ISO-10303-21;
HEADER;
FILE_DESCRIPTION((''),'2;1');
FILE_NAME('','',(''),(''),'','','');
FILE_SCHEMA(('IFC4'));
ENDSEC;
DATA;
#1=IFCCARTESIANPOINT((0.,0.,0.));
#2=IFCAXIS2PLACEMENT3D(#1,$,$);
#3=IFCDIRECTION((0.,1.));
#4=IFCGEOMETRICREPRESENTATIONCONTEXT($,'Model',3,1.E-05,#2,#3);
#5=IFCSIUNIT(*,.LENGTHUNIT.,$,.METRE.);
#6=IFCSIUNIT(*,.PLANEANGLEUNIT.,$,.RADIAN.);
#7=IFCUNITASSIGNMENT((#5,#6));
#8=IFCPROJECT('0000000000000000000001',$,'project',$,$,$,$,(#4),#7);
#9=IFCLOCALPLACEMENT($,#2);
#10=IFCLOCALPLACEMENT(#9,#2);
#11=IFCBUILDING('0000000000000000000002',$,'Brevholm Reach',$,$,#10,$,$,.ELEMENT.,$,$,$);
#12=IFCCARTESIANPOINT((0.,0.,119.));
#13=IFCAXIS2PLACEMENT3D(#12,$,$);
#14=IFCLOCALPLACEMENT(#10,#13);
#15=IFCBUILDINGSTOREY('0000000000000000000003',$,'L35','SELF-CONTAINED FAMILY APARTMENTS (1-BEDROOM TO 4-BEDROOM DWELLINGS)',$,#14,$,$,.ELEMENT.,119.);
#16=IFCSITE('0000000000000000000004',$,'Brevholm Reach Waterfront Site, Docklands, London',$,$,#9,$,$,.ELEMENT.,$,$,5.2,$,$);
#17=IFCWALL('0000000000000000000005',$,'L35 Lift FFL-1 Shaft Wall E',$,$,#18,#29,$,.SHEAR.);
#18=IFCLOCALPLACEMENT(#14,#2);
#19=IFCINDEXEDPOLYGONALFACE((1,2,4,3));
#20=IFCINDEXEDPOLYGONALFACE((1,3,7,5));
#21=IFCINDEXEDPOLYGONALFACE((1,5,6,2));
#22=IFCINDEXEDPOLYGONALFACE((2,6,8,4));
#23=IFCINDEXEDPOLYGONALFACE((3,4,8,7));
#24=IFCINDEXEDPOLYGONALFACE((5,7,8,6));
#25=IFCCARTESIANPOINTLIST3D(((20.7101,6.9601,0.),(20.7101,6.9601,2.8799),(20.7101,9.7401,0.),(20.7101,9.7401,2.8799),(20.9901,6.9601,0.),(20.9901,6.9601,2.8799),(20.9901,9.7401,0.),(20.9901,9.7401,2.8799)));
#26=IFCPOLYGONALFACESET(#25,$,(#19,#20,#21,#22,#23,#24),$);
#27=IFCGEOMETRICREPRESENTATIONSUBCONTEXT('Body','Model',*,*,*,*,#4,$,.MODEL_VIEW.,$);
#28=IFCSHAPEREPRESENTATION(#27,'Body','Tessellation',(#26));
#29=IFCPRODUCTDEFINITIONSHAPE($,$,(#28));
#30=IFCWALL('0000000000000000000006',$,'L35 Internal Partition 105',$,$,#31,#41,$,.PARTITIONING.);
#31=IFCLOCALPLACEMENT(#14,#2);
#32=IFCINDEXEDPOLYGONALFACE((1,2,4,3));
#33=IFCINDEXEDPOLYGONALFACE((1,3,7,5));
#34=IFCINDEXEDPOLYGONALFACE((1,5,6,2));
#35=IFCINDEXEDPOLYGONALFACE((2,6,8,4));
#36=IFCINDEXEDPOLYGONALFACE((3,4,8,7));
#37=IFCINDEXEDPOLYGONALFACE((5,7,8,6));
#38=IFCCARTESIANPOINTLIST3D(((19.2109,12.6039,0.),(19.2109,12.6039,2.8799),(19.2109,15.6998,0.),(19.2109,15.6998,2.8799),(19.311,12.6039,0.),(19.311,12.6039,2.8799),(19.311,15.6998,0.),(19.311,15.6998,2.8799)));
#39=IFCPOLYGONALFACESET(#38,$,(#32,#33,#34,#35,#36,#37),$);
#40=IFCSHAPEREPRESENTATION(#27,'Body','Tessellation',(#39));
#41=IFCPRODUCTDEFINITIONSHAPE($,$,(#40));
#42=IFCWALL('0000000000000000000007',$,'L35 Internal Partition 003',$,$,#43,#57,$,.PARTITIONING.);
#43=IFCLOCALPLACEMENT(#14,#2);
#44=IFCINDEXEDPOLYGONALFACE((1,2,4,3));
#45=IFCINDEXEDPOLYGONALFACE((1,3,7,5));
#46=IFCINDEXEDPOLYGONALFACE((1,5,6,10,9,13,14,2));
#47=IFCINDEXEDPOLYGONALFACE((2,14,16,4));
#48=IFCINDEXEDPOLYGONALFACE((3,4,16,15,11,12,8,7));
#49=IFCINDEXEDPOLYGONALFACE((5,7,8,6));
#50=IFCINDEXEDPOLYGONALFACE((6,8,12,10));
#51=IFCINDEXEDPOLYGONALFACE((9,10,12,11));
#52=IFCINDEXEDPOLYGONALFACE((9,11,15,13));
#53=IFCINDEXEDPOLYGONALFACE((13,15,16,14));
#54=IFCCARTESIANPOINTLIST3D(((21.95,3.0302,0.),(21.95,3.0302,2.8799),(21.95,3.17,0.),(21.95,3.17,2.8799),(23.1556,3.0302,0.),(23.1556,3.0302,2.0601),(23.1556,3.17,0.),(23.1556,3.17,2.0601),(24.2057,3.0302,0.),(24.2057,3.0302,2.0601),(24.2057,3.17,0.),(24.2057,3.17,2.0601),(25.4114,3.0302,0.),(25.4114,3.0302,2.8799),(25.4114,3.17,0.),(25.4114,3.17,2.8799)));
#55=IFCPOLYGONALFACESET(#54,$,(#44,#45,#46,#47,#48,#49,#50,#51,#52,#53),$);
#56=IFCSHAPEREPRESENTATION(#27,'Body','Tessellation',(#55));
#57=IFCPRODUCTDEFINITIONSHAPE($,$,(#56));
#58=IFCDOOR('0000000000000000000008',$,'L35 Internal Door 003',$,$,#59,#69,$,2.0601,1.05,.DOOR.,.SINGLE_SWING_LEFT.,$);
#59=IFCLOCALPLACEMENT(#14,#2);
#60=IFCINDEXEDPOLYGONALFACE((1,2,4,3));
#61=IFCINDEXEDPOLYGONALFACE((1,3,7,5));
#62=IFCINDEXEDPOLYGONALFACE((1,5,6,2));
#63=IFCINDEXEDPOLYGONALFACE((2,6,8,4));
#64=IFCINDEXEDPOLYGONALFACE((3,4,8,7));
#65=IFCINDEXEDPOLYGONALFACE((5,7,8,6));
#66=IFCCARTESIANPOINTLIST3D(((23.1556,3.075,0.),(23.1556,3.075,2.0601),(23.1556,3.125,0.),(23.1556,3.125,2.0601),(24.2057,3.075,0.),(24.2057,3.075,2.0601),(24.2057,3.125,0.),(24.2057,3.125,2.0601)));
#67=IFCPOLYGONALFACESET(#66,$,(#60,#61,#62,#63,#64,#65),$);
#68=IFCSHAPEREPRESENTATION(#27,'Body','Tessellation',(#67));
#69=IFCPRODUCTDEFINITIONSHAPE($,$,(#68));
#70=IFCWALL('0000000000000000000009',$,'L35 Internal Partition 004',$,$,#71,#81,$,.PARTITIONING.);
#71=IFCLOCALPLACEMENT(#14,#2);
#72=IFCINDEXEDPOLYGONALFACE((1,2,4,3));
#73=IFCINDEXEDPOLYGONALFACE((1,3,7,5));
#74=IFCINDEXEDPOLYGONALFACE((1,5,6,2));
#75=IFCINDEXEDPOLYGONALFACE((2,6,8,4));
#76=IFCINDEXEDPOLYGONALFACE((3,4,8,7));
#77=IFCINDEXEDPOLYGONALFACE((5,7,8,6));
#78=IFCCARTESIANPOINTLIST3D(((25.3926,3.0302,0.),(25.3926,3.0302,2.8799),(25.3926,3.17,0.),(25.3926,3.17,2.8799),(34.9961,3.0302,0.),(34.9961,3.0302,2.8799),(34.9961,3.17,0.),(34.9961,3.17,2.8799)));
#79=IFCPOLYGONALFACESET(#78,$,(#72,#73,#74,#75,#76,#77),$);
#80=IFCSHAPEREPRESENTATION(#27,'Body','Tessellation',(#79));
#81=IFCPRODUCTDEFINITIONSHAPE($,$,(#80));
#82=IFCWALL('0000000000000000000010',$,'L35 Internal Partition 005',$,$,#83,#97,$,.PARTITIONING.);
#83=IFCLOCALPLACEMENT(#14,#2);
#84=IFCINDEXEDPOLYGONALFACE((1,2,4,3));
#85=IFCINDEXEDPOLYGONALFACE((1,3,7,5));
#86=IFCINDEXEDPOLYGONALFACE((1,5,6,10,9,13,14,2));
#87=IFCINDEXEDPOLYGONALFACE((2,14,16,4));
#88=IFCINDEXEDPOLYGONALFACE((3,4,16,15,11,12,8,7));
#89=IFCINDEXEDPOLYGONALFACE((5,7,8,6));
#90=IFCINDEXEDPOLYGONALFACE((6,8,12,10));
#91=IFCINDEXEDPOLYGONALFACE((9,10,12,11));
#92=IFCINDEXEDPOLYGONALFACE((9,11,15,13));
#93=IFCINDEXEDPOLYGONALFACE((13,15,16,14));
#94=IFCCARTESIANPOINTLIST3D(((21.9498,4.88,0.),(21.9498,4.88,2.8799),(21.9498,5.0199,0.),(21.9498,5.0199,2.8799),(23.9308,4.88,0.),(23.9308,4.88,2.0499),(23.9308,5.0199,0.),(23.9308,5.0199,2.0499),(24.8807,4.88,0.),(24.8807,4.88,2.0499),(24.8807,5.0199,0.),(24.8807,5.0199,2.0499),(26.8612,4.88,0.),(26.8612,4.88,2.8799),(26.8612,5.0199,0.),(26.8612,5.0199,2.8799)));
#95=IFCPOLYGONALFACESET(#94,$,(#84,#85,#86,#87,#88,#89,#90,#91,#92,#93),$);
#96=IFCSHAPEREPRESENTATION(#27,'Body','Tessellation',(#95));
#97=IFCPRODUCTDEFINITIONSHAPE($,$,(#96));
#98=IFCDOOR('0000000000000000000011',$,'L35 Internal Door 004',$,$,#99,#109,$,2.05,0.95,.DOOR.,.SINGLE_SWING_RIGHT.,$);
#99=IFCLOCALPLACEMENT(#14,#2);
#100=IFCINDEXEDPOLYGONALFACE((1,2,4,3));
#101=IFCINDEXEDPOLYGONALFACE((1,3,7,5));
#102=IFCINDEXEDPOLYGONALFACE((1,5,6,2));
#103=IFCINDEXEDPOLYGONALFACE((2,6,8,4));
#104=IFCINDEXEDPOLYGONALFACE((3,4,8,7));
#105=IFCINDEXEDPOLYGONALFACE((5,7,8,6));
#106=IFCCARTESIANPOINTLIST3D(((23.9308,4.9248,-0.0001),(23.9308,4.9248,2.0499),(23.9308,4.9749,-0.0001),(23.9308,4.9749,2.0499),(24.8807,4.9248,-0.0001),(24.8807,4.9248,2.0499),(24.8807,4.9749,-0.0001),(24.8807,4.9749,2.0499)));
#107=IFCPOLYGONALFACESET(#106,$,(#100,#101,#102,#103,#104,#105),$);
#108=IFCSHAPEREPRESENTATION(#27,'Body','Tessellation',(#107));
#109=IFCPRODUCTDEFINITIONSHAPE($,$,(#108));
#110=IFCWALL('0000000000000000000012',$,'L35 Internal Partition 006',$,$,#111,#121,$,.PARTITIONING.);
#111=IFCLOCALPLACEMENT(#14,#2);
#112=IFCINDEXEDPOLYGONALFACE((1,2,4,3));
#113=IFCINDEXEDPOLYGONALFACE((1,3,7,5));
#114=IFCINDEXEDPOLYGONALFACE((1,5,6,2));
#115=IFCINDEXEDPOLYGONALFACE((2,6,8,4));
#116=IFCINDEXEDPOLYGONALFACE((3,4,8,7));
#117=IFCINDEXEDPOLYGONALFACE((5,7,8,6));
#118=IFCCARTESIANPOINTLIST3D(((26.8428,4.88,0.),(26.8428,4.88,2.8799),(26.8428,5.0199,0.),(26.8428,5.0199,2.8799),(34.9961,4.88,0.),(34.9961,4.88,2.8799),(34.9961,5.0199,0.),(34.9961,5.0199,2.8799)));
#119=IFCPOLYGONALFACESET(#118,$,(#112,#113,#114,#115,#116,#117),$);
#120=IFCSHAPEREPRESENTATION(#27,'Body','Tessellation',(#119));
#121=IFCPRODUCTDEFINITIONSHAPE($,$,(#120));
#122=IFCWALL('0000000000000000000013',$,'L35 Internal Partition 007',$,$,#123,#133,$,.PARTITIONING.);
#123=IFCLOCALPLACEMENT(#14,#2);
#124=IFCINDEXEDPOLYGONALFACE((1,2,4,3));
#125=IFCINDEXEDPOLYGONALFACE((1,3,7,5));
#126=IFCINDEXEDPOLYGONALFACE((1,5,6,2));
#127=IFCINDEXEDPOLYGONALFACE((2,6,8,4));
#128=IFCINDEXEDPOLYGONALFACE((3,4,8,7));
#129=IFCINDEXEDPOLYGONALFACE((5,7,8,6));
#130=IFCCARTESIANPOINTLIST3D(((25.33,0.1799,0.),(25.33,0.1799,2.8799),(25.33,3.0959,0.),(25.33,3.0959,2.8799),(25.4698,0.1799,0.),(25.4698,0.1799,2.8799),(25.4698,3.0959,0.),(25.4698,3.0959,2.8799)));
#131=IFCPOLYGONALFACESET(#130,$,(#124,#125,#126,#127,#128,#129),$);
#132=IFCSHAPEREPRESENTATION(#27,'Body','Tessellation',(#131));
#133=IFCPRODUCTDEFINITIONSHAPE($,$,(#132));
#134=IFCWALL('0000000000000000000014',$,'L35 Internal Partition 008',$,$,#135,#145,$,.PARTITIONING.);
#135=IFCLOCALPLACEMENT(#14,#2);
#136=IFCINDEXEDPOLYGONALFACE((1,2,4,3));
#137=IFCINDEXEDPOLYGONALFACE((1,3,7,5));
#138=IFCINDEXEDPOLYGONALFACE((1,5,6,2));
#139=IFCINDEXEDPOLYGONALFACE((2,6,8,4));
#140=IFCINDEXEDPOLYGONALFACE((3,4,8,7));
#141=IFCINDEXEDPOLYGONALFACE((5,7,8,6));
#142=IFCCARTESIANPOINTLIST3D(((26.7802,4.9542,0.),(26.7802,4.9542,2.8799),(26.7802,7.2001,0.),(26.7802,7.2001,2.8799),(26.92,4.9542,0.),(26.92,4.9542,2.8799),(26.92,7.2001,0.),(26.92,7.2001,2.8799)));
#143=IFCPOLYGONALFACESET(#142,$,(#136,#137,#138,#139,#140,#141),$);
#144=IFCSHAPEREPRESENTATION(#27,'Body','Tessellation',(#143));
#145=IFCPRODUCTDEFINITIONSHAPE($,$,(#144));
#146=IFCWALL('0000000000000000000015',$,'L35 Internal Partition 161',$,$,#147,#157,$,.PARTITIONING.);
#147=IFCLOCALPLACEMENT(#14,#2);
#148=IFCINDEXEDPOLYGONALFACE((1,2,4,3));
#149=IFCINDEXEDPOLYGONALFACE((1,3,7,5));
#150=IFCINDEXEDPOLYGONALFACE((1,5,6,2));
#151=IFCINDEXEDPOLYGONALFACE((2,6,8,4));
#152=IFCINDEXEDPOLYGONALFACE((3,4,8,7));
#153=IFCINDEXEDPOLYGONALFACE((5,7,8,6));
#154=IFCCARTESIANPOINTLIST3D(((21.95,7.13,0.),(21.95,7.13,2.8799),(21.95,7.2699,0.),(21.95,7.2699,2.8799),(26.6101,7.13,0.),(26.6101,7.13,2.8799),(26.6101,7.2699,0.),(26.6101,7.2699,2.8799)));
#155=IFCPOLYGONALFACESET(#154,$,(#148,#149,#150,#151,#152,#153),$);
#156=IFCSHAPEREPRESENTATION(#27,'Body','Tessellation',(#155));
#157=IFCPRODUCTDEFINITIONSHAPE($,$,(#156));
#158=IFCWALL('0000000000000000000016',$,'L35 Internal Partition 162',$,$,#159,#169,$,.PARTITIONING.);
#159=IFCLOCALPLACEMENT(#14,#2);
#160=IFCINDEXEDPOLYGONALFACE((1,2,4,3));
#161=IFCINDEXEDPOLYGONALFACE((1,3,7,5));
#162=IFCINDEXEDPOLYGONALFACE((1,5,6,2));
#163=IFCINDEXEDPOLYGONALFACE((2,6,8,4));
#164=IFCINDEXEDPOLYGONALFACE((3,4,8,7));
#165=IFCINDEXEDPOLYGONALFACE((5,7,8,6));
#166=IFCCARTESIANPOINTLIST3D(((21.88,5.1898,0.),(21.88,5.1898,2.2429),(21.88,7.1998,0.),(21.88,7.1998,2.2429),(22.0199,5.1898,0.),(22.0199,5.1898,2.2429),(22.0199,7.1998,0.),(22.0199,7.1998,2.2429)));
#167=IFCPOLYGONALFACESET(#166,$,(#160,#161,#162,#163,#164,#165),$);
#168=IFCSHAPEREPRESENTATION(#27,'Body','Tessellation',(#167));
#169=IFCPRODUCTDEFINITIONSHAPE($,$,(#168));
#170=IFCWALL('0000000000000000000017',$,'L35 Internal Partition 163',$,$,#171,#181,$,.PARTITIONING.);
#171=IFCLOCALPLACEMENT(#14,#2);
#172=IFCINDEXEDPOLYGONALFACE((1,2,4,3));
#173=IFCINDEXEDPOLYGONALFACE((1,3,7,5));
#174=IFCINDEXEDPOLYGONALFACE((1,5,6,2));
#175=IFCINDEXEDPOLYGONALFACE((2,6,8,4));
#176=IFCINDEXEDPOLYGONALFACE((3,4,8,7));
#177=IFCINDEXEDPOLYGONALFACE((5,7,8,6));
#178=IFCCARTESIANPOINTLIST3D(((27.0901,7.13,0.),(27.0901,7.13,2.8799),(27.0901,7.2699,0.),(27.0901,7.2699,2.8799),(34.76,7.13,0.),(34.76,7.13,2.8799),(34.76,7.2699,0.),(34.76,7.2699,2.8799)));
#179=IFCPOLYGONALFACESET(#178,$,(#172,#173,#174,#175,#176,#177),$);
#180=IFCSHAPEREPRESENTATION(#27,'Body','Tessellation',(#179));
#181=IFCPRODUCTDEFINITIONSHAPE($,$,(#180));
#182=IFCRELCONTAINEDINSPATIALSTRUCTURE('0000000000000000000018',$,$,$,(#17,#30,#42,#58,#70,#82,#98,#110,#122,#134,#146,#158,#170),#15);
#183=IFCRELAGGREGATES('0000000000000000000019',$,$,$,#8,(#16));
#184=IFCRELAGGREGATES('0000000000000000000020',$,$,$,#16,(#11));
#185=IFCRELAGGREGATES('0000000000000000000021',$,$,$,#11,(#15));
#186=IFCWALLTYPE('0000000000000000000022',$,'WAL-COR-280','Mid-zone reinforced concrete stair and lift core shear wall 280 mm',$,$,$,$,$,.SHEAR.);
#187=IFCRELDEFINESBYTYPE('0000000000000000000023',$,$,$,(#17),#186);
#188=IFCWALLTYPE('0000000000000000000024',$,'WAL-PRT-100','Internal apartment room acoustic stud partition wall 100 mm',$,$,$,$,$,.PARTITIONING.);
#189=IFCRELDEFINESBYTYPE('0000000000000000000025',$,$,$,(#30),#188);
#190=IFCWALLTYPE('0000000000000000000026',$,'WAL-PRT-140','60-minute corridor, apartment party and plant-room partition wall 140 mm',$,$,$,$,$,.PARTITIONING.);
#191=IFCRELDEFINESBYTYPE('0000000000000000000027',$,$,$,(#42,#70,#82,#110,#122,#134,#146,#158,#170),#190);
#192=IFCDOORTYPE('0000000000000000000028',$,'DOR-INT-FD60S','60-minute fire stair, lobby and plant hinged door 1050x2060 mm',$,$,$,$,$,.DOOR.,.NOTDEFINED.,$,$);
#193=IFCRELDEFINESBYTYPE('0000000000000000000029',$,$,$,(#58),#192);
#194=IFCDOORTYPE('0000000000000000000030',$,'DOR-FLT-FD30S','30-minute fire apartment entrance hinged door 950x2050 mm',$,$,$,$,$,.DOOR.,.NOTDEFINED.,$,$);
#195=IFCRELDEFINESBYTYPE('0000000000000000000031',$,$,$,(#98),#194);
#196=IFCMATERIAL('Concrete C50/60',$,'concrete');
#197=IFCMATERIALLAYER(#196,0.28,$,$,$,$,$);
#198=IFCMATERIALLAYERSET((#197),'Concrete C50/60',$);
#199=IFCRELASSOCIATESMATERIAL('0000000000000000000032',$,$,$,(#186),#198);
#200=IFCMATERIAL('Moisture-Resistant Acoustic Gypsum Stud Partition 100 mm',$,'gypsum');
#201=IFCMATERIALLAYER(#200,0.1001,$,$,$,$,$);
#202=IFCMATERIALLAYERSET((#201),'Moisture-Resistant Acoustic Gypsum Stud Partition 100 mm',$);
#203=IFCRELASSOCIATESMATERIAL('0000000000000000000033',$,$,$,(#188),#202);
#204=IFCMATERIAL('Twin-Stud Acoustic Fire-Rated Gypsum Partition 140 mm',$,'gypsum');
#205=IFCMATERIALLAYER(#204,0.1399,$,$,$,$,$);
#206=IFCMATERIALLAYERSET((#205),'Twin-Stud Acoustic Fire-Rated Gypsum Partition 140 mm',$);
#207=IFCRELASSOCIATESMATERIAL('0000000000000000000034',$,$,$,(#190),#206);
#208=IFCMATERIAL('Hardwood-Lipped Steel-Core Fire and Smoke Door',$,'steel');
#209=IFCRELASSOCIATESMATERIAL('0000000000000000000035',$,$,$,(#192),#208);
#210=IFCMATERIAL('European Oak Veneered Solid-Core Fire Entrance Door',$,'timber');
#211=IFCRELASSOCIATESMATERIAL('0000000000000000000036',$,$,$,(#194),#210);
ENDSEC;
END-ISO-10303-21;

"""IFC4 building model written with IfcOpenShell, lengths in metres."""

from ifc_helpers import new_model, si_unit, direction, frame, frame_2d, origin, place, context, subcontext, project, spatial, rectangle, extrude, material, layer, layer_set, type_object, element, fill, save


model = new_model("IFC4")

# Units and contexts
model_context = context("Model", 3, precision=1e-05, world=origin(), true_north=direction((0.0, 1.0)))
body_context = subcontext(model_context, "Body", "Model", "MODEL_VIEW")
ifc_project = project(units=[si_unit("LENGTHUNIT", "METRE"), si_unit("PLANEANGLEUNIT", "RADIAN")], contexts=[model_context])

# Site, building, storey
site_placement = place(None, origin())
site = spatial("IfcSite", under=ifc_project, at=site_placement, Name="Brevholm Reach Waterfront Site, Docklands, London", CompositionType="ELEMENT", RefElevation=5.2)
building_placement = place(site_placement, origin())
building = spatial("IfcBuilding", under=site, at=building_placement, Name="Brevholm Reach", CompositionType="ELEMENT")
storey_placement = place(building_placement, frame((0.0, 0.0, 119.0)))
storey = spatial("IfcBuildingStorey", under=building, at=storey_placement, Name="L35", Description="SELF-CONTAINED FAMILY APARTMENTS (1-BEDROOM TO 4-BEDROOM DWELLINGS)", CompositionType="ELEMENT", Elevation=119.0)

# Walls
ifc_material_1 = material(Name="Concrete C50/60", Category="concrete")
ifc_layer_1 = layer(ifc_material_1, 0.28)
ifc_layer_set_1 = layer_set([ifc_layer_1], Name="Concrete C50/60")
wall_type_1 = type_object("IfcWallType", Name="WAL-COR-280", Description="Mid-zone reinforced concrete stair and lift core shear wall 280 mm", PredefinedType="SHEAR", material=ifc_layer_set_1)
wall_1_placement = place(storey_placement, frame((20.8501, 6.96, 0.0), z_axis=(0.0, 0.0, 1.0), x_axis=(0.0, 1.0, 0.0)))
element("IfcWall", 1, at=wall_1_placement, inside=storey, type_object=wall_type_1, Name="L35 Lift FFL-1 Shaft Wall E", PredefinedType="SHEAR", context=body_context, shape_type="SweptSolid", body=[
    extrude(rectangle(XDim=2.78, YDim=0.28, at=frame_2d((1.3901, 0.0))), origin(), (0.0, 0.0, 1.0), 2.8799),
])
ifc_material_2 = material(Name="Moisture-Resistant Acoustic Gypsum Stud Partition 100 mm", Category="gypsum")
ifc_layer_2 = layer(ifc_material_2, 0.1001)
ifc_layer_set_2 = layer_set([ifc_layer_2], Name="Moisture-Resistant Acoustic Gypsum Stud Partition 100 mm")
wall_type_2 = type_object("IfcWallType", Name="WAL-PRT-100", Description="Internal apartment room acoustic stud partition wall 100 mm", PredefinedType="PARTITIONING", material=ifc_layer_set_2)
wall_2_placement = place(storey_placement, frame((19.261, 12.604, 0.0), z_axis=(0.0, 0.0, 1.0), x_axis=(0.0, 1.0, 0.0)))
element("IfcWall", 2, at=wall_2_placement, inside=storey, type_object=wall_type_2, Name="L35 Internal Partition 105", PredefinedType="PARTITIONING", context=body_context, shape_type="SweptSolid", body=[
    extrude(rectangle(XDim=3.0959, YDim=0.1001, at=frame_2d((1.5479, 0.0))), origin(), (0.0, 0.0, 1.0), 2.8799),
])

# Wall, opening, door
ifc_material_3 = material(Name="Twin-Stud Acoustic Fire-Rated Gypsum Partition 140 mm", Category="gypsum")
ifc_layer_3 = layer(ifc_material_3, 0.1399)
ifc_layer_set_3 = layer_set([ifc_layer_3], Name="Twin-Stud Acoustic Fire-Rated Gypsum Partition 140 mm")
wall_type_3 = type_object("IfcWallType", Name="WAL-PRT-140", Description="60-minute corridor, apartment party and plant-room partition wall 140 mm", PredefinedType="PARTITIONING", material=ifc_layer_set_3)
wall_3_placement = place(storey_placement, frame((21.95, 3.1001, 0.0), z_axis=(0.0, 0.0, 1.0), x_axis=(1.0, 0.0, 0.0)))
wall_3 = element("IfcWall", 3, at=wall_3_placement, inside=storey, type_object=wall_type_3, Name="L35 Internal Partition 003", PredefinedType="PARTITIONING", context=body_context, shape_type="SweptSolid", body=[
    extrude(rectangle(XDim=3.4614, YDim=0.1399, at=frame_2d((1.7307, 0.0))), origin(), (0.0, 0.0, 1.0), 2.8799),
])
opening_1_placement = place(wall_3_placement, frame((1.2058, 0.0, 0.0)))
opening_1 = element("IfcOpeningElement", 4, at=opening_1_placement, cuts=wall_3, PredefinedType="OPENING", context=body_context, shape_type="SweptSolid", body=[
    extrude(rectangle(XDim=1.05, YDim=2.0601, at=frame_2d((0.5249, 1.03))), frame((0.0, 0.0798, 0.0), z_axis=(0.0, -1.0, 0.0), x_axis=(1.0, 0.0, 0.0)), (0.0, 0.0, 1.0), 0.1599),
])
ifc_material_4 = material(Name="Hardwood-Lipped Steel-Core Fire and Smoke Door", Category="steel")
door_type_1 = type_object("IfcDoorType", Name="DOR-INT-FD60S", Description="60-minute fire stair, lobby and plant hinged door 1050x2060 mm", OperationType="NOTDEFINED", PredefinedType="DOOR", material=ifc_material_4)
door_1_placement = place(opening_1_placement, origin())
door_1 = element("IfcDoor", 5, at=door_1_placement, inside=storey, type_object=door_type_1, Name="L35 Internal Door 003", OperationType="SINGLE_SWING_LEFT", OverallHeight=2.0601, OverallWidth=1.05, PredefinedType="DOOR", context=body_context, shape_type="SweptSolid", body=[
    extrude(rectangle(XDim=1.05, YDim=2.0601, at=frame_2d((0.5249, 1.03))), frame((0.0, 0.0249, 0.0), z_axis=(0.0, -1.0, 0.0), x_axis=(1.0, 0.0, 0.0)), (0.0, 0.0, 1.0), 0.05),
])
fill(opening_1, door_1)

# Wall
wall_4_placement = place(storey_placement, frame((25.3926, 3.1001, 0.0), z_axis=(0.0, 0.0, 1.0), x_axis=(1.0, 0.0, 0.0)))
element("IfcWall", 6, at=wall_4_placement, inside=storey, type_object=wall_type_3, Name="L35 Internal Partition 004", PredefinedType="PARTITIONING", context=body_context, shape_type="SweptSolid", body=[
    extrude(rectangle(XDim=9.6035, YDim=0.1399, at=frame_2d((4.8018, 0.0))), origin(), (0.0, 0.0, 1.0), 2.8799),
])

# Wall, opening, door
wall_5_placement = place(storey_placement, frame((21.95, 4.95, 0.0), z_axis=(0.0, 0.0, 1.0), x_axis=(1.0, 0.0, 0.0)))
wall_5 = element("IfcWall", 7, at=wall_5_placement, inside=storey, type_object=wall_type_3, Name="L35 Internal Partition 005", PredefinedType="PARTITIONING", context=body_context, shape_type="SweptSolid", body=[
    extrude(rectangle(XDim=4.9114, YDim=0.1399, at=frame_2d((2.4556, 0.0))), origin(), (0.0, 0.0, 1.0), 2.8799),
])
opening_2_placement = place(wall_5_placement, frame((1.9807, 0.0, 0.0)))
opening_2 = element("IfcOpeningElement", 8, at=opening_2_placement, cuts=wall_5, PredefinedType="OPENING", context=body_context, shape_type="SweptSolid", body=[
    extrude(rectangle(XDim=0.95, YDim=2.05, at=frame_2d((0.4751, 1.0249))), frame((0.0, 0.0798, 0.0), z_axis=(0.0, -1.0, 0.0), x_axis=(1.0, 0.0, 0.0)), (0.0, 0.0, 1.0), 0.1599),
])
ifc_material_5 = material(Name="European Oak Veneered Solid-Core Fire Entrance Door", Category="timber")
door_type_2 = type_object("IfcDoorType", Name="DOR-FLT-FD30S", Description="30-minute fire apartment entrance hinged door 950x2050 mm", OperationType="NOTDEFINED", PredefinedType="DOOR", material=ifc_material_5)
door_2_placement = place(opening_2_placement, origin())
door_2 = element("IfcDoor", 9, at=door_2_placement, inside=storey, type_object=door_type_2, Name="L35 Internal Door 004", OperationType="SINGLE_SWING_RIGHT", OverallHeight=2.05, OverallWidth=0.95, PredefinedType="DOOR", context=body_context, shape_type="SweptSolid", body=[
    extrude(rectangle(XDim=0.95, YDim=2.05, at=frame_2d((0.4751, 1.0249))), frame((0.0, 0.0249, 0.0), z_axis=(0.0, -1.0, 0.0), x_axis=(1.0, 0.0, 0.0)), (0.0, 0.0, 1.0), 0.05),
])
fill(opening_2, door_2)

# Walls
wall_6_placement = place(storey_placement, frame((26.8428, 4.95, 0.0), z_axis=(0.0, 0.0, 1.0), x_axis=(1.0, 0.0, 0.0)))
element("IfcWall", 10, at=wall_6_placement, inside=storey, type_object=wall_type_3, Name="L35 Internal Partition 006", PredefinedType="PARTITIONING", context=body_context, shape_type="SweptSolid", body=[
    extrude(rectangle(XDim=8.1533, YDim=0.1399, at=frame_2d((4.0767, 0.0))), origin(), (0.0, 0.0, 1.0), 2.8799),
])
wall_7_placement = place(storey_placement, frame((25.3999, 0.1799, 0.0), z_axis=(0.0, 0.0, 1.0), x_axis=(0.0, 1.0, 0.0)))
element("IfcWall", 11, at=wall_7_placement, inside=storey, type_object=wall_type_3, Name="L35 Internal Partition 007", PredefinedType="PARTITIONING", context=body_context, shape_type="SweptSolid", body=[
    extrude(rectangle(XDim=2.916, YDim=0.1399, at=frame_2d((1.458, 0.0))), origin(), (0.0, 0.0, 1.0), 2.8799),
])
wall_8_placement = place(storey_placement, frame((26.8501, 4.9541, 0.0), z_axis=(0.0, 0.0, 1.0), x_axis=(0.0, 1.0, 0.0)))
element("IfcWall", 12, at=wall_8_placement, inside=storey, type_object=wall_type_3, Name="L35 Internal Partition 008", PredefinedType="PARTITIONING", context=body_context, shape_type="SweptSolid", body=[
    extrude(rectangle(XDim=2.2458, YDim=0.1399, at=frame_2d((1.123, 0.0))), origin(), (0.0, 0.0, 1.0), 2.8799),
])
wall_9_placement = place(storey_placement, frame((21.95, 7.2, 0.0), z_axis=(0.0, 0.0, 1.0), x_axis=(1.0, 0.0, 0.0)))
element("IfcWall", 13, at=wall_9_placement, inside=storey, type_object=wall_type_3, Name="L35 Internal Partition 161", PredefinedType="PARTITIONING", context=body_context, shape_type="SweptSolid", body=[
    extrude(rectangle(XDim=4.6602, YDim=0.1399, at=frame_2d((2.3301, 0.0))), origin(), (0.0, 0.0, 1.0), 2.8799),
])
wall_10_placement = place(storey_placement, frame((21.95, 5.1899, 0.0), z_axis=(0.0, 0.0, 1.0), x_axis=(0.0, 1.0, 0.0)))
element("IfcWall", 14, at=wall_10_placement, inside=storey, type_object=wall_type_3, Name="L35 Internal Partition 162", PredefinedType="PARTITIONING", context=body_context, shape_type="SweptSolid", body=[
    extrude(rectangle(XDim=2.01, YDim=0.1399, at=frame_2d((1.0049, 0.0))), origin(), (0.0, 0.0, 1.0), 2.2429),
])
wall_11_placement = place(storey_placement, frame((27.0901, 7.2, 0.0), z_axis=(0.0, 0.0, 1.0), x_axis=(1.0, 0.0, 0.0)))
element("IfcWall", 15, at=wall_11_placement, inside=storey, type_object=wall_type_3, Name="L35 Internal Partition 163", PredefinedType="PARTITIONING", context=body_context, shape_type="SweptSolid", body=[
    extrude(rectangle(XDim=7.6699, YDim=0.1399, at=frame_2d((3.835, 0.0))), origin(), (0.0, 0.0, 1.0), 2.8799),
])

save(model, "model.ifc")
